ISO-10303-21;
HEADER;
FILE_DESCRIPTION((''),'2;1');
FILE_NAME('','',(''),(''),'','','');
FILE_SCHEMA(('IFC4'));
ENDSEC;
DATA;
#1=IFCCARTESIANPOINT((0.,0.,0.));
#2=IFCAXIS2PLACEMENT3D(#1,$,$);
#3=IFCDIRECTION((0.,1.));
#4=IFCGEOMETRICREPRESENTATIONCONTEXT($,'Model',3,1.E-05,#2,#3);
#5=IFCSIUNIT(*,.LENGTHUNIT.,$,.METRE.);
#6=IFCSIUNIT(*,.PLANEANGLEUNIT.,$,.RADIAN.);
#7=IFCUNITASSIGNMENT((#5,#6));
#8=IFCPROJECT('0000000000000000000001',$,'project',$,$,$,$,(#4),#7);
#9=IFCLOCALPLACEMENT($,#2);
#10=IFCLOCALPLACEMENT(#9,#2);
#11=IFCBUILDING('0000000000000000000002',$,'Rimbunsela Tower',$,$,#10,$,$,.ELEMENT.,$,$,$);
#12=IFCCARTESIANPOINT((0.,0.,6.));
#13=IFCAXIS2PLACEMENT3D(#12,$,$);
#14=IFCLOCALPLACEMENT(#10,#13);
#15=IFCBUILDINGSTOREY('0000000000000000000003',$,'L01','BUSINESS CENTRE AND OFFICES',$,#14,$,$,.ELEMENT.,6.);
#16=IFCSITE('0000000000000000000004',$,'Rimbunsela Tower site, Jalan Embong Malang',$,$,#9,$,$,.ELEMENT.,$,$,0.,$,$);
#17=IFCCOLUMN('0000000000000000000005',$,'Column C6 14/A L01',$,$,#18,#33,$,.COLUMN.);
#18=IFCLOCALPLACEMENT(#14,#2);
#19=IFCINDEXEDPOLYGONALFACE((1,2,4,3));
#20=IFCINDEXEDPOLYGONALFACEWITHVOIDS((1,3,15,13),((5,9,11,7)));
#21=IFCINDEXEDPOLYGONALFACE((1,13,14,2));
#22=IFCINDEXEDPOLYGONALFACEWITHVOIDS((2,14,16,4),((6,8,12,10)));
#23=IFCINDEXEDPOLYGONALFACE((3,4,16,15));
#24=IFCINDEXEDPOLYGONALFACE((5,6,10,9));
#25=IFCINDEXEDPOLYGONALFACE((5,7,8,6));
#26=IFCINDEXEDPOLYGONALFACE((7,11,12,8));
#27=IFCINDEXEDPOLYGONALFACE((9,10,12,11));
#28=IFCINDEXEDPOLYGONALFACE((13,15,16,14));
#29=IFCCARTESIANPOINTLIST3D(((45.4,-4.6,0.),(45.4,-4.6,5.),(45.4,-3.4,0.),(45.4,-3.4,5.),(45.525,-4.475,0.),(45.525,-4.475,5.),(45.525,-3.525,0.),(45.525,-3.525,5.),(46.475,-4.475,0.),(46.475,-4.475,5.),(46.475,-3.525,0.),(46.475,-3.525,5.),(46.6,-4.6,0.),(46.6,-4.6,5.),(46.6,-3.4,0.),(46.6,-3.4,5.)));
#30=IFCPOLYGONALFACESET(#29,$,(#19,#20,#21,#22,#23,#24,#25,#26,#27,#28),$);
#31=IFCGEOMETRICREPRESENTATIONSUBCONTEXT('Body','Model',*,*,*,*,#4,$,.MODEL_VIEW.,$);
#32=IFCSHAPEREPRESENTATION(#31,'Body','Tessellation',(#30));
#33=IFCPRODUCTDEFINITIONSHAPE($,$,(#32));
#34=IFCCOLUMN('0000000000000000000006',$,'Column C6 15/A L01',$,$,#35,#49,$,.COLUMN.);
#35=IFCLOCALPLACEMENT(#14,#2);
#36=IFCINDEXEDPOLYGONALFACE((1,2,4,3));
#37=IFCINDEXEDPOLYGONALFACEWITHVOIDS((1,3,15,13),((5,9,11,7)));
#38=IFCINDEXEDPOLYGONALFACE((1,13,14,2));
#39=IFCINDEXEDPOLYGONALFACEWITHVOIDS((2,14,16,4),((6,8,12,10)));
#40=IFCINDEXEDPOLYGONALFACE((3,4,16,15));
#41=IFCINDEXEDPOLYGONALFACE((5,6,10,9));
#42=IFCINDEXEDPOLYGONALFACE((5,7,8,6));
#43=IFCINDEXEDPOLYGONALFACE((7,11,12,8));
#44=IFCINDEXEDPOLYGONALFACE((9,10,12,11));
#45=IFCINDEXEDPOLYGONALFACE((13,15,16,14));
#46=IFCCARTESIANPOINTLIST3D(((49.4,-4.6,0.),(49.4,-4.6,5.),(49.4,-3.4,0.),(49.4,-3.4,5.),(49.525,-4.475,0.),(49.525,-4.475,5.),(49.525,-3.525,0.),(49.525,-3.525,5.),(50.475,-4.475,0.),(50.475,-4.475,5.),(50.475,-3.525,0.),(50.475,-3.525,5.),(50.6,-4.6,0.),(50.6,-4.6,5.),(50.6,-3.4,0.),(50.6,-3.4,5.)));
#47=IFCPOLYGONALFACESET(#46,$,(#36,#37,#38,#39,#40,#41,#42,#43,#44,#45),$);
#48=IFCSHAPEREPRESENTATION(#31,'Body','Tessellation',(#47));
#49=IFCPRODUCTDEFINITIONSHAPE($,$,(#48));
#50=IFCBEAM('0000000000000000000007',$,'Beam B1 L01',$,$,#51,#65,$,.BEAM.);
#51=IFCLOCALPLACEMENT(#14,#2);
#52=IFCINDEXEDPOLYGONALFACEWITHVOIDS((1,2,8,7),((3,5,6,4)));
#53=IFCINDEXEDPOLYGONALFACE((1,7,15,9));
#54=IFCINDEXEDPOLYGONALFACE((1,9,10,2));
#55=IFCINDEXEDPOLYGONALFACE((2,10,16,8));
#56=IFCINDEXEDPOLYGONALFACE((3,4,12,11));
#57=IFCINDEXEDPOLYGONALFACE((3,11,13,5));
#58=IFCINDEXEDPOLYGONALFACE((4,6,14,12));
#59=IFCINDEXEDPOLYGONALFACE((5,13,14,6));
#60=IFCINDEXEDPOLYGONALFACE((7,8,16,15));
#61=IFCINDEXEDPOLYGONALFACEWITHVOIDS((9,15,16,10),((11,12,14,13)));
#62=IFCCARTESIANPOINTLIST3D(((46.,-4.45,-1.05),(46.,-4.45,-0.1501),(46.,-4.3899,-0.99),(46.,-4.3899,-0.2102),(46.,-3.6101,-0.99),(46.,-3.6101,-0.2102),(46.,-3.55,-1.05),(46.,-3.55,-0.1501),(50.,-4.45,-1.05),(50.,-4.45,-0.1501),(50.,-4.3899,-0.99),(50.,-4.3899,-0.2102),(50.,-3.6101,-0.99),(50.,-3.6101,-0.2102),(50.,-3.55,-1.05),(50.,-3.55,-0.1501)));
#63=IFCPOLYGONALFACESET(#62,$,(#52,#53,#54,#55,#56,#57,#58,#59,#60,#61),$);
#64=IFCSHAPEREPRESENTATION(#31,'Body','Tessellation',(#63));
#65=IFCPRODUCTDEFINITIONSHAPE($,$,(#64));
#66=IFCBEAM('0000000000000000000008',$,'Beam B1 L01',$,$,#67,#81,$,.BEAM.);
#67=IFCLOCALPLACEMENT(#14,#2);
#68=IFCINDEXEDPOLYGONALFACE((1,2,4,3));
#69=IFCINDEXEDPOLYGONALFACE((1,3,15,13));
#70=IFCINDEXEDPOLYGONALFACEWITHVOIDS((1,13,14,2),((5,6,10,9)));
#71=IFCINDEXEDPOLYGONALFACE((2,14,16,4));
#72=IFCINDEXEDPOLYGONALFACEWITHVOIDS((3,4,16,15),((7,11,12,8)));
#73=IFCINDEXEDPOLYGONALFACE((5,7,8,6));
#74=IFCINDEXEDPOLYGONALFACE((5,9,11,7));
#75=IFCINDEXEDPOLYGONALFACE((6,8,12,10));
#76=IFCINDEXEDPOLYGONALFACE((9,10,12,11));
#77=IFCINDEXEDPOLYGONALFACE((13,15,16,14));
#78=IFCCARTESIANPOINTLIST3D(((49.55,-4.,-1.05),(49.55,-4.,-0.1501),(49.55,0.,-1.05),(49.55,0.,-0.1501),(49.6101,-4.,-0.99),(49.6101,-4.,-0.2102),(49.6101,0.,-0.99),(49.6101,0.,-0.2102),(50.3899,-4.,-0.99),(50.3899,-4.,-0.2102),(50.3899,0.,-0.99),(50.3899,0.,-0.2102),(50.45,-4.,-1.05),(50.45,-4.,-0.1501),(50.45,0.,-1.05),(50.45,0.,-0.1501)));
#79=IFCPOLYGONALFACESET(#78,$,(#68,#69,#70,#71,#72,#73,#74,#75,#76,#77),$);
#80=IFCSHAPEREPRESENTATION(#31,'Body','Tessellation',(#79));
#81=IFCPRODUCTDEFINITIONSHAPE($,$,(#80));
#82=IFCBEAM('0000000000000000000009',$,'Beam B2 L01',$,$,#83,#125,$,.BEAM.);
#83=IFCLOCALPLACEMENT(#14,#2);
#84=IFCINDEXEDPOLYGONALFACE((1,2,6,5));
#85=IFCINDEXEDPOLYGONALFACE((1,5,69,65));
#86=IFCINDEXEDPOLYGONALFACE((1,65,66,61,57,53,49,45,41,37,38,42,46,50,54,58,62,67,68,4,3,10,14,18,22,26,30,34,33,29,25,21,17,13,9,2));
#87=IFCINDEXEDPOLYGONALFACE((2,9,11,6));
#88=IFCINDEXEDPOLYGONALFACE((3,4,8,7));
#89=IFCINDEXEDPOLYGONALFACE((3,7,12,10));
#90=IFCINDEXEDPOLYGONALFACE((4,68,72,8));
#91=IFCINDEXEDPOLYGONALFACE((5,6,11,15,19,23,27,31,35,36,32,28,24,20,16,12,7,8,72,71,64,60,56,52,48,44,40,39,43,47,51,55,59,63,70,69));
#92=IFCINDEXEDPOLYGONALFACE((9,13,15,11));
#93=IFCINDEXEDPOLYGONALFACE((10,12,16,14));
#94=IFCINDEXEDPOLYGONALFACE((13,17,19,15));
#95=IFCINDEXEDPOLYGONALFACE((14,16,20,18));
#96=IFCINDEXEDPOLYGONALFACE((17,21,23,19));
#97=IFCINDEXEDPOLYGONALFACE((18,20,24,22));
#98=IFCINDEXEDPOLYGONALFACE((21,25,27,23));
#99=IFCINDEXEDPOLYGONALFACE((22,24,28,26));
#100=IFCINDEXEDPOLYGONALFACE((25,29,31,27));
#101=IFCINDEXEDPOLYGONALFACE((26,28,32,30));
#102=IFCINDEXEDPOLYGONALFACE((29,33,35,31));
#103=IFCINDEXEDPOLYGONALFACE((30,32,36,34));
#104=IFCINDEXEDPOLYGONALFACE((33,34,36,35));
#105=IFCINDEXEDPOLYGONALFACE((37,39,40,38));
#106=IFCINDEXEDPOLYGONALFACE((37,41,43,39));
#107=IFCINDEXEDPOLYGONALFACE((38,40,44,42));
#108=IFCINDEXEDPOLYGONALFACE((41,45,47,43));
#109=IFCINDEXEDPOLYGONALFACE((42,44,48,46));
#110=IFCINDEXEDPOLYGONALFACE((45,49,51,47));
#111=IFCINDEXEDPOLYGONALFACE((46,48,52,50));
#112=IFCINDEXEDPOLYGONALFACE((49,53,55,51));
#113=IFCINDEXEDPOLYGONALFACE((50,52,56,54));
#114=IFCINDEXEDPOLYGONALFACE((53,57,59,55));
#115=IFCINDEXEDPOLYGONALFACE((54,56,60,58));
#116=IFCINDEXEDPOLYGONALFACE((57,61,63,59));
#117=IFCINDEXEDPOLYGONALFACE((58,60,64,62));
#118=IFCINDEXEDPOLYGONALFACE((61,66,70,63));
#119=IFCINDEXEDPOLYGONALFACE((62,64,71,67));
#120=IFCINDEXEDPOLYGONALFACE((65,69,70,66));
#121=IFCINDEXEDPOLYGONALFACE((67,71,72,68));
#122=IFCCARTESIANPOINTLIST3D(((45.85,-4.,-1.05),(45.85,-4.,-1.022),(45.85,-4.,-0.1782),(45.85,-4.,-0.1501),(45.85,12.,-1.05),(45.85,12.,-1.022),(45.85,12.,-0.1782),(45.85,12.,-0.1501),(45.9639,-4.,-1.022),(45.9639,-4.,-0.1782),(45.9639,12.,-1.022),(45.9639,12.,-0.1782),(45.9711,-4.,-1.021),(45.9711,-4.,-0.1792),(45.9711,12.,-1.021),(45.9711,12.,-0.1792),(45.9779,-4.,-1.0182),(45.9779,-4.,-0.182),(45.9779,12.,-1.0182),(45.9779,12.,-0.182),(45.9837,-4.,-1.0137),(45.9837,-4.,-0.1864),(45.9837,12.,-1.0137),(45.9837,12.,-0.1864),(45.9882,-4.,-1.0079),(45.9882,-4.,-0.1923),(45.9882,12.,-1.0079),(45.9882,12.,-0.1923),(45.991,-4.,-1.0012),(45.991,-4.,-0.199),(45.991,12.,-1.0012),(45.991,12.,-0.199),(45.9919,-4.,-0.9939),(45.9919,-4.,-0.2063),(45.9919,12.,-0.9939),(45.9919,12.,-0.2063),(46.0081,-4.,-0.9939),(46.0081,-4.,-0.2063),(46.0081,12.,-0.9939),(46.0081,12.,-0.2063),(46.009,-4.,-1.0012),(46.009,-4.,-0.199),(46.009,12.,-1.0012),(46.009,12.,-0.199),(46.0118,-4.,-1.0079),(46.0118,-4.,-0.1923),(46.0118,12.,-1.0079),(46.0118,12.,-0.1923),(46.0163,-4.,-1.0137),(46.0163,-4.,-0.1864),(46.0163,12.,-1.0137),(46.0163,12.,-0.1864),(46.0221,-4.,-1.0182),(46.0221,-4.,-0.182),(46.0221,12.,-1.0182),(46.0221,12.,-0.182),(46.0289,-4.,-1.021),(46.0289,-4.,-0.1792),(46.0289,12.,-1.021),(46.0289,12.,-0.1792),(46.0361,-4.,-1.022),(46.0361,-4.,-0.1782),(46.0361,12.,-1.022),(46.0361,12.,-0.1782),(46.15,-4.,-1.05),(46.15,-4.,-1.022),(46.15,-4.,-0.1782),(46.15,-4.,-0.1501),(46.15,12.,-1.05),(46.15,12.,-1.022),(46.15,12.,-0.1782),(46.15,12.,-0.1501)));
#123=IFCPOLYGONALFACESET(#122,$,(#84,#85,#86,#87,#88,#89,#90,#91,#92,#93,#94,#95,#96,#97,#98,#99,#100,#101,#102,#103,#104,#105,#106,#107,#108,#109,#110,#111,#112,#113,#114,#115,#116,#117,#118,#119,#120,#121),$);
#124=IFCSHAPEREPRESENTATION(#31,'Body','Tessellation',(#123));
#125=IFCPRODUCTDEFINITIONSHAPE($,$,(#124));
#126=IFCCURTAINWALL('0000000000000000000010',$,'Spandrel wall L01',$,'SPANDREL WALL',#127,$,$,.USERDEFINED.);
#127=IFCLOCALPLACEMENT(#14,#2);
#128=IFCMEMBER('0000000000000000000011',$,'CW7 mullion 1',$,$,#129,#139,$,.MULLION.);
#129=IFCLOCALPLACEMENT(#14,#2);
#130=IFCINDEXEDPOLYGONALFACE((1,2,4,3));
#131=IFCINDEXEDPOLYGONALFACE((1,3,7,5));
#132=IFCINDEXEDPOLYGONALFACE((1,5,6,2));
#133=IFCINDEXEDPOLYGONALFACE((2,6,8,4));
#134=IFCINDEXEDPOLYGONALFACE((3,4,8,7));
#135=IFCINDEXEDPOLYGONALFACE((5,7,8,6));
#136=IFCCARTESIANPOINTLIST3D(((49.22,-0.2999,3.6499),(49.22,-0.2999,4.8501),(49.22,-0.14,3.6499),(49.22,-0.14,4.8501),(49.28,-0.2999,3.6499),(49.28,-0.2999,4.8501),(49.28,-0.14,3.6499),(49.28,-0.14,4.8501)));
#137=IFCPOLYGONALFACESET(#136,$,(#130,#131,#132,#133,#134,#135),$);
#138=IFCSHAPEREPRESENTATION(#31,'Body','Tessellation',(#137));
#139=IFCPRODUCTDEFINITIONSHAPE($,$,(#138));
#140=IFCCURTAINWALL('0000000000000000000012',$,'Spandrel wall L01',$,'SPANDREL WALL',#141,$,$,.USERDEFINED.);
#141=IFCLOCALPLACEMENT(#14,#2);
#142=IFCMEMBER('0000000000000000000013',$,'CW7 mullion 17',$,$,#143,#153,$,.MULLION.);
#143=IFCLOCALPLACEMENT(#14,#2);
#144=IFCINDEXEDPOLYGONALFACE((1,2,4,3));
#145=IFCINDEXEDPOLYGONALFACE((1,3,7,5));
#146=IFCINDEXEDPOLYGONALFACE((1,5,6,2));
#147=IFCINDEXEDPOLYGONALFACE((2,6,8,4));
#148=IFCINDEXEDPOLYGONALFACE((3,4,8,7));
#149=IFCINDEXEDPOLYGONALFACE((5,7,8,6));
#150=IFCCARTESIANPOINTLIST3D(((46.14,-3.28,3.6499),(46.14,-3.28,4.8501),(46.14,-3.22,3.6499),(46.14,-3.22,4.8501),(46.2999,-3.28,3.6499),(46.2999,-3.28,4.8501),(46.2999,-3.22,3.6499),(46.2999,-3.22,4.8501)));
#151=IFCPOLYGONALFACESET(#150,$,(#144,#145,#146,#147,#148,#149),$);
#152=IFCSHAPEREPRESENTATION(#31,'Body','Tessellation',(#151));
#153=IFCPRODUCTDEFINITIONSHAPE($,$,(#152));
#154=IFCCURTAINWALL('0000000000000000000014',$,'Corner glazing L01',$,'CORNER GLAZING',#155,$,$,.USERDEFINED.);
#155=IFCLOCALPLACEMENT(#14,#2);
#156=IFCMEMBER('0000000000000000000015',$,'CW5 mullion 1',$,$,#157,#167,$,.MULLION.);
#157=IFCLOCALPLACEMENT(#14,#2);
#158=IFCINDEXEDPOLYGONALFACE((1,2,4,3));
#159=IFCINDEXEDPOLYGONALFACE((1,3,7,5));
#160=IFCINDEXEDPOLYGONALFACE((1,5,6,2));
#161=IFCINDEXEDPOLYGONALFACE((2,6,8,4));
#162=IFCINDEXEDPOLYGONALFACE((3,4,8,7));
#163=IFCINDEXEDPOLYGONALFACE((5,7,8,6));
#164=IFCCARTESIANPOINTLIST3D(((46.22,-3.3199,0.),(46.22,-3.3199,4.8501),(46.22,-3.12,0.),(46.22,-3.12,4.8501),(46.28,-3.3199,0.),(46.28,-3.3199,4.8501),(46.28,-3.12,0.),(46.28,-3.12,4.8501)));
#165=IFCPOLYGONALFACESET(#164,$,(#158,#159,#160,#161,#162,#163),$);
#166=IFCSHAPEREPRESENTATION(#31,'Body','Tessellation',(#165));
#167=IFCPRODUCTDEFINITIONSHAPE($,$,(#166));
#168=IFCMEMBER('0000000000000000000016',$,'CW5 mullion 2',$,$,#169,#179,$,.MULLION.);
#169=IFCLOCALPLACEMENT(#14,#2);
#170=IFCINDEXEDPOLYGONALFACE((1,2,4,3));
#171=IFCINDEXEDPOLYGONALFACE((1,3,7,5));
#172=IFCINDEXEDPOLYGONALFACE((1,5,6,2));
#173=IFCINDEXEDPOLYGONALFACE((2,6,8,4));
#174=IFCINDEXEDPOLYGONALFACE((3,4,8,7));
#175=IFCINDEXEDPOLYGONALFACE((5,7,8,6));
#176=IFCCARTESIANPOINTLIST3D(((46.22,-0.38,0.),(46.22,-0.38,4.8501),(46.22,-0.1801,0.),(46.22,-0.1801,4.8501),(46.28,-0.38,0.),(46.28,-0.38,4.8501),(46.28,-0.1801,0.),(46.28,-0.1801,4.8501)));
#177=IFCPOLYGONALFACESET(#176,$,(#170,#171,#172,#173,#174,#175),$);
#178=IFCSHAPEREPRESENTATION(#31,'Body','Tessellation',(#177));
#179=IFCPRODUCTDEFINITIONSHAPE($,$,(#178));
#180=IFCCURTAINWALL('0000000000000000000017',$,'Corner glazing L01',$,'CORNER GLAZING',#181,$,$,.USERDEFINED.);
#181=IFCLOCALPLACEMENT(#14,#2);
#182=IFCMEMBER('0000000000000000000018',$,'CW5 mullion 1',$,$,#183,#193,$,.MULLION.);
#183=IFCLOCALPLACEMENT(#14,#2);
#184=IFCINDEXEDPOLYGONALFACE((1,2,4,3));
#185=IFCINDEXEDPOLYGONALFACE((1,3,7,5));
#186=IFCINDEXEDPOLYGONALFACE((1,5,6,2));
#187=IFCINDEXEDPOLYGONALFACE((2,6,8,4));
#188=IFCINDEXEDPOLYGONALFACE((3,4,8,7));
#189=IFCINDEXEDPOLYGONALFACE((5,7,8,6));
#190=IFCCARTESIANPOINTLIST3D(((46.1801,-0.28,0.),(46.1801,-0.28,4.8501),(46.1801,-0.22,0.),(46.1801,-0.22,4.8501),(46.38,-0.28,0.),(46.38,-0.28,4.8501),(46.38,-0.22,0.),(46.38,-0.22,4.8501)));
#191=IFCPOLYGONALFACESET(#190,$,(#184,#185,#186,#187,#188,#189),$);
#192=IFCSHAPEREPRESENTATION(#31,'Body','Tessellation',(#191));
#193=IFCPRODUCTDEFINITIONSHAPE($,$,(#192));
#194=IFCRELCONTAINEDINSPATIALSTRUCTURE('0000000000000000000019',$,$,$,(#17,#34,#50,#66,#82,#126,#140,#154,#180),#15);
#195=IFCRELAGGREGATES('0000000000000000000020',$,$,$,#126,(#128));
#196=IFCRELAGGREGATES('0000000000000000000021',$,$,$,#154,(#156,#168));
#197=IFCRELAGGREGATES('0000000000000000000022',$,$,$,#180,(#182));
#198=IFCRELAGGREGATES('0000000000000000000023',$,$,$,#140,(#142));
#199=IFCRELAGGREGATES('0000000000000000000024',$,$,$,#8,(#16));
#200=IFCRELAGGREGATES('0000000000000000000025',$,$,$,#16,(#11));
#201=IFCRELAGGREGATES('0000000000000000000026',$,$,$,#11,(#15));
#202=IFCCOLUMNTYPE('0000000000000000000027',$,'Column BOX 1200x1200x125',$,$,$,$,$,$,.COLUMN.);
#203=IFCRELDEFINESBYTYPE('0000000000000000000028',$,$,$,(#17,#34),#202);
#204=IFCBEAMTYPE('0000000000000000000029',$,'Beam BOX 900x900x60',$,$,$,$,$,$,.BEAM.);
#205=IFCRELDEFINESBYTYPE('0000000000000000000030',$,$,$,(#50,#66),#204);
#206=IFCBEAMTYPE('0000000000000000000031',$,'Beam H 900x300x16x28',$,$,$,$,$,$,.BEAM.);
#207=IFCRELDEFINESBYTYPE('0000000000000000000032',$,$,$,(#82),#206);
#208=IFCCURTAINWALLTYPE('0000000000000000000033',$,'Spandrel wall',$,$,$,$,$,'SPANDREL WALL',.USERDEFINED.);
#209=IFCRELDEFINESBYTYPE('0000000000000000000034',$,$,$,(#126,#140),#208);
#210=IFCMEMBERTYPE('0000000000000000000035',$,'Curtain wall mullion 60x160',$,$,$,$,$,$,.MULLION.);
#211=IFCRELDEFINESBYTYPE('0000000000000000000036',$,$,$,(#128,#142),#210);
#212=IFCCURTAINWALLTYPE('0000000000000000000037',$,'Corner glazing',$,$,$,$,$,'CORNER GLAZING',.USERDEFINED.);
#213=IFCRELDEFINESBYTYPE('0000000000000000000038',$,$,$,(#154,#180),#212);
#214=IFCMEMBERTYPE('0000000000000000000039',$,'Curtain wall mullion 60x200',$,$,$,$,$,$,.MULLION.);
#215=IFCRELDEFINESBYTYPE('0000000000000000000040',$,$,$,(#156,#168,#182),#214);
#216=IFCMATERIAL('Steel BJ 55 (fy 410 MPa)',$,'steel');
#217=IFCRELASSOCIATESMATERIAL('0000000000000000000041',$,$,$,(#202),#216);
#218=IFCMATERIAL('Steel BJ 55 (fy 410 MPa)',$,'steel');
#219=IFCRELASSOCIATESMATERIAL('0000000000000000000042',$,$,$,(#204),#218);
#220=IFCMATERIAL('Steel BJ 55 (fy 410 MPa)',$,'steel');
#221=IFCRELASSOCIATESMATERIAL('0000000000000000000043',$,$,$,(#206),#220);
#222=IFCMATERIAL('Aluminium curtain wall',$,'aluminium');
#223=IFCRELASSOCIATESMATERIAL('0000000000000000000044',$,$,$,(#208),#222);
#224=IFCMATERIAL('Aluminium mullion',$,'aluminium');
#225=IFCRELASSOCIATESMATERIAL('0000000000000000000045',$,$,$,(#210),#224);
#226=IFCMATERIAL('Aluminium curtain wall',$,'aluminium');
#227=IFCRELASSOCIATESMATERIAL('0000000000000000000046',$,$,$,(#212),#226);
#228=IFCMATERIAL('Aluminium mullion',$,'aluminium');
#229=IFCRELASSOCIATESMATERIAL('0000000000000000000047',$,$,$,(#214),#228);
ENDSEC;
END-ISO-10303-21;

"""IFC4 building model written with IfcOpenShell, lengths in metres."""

from ifc_helpers import new_model, si_unit, direction, frame, origin, origin_2d, place, context, subcontext, project, spatial, rectangle, hollow_rectangle, i_section, extrude, material, material_profile, profile_set, type_object, element, aggregate, save


model = new_model("IFC4")

# Units and contexts
model_context = context("Model", 3, precision=1e-05, world=origin(), true_north=direction((0.0, 1.0)))
body_context = subcontext(model_context, "Body", "Model", "MODEL_VIEW")
ifc_project = project(units=[si_unit("LENGTHUNIT", "METRE"), si_unit("PLANEANGLEUNIT", "RADIAN")], contexts=[model_context])

# Site, building, storey
site_placement = place(None, origin())
site = spatial("IfcSite", under=ifc_project, at=site_placement, Name="Rimbunsela Tower site, Jalan Embong Malang", CompositionType="ELEMENT", RefElevation=0.0)
building_placement = place(site_placement, origin())
building = spatial("IfcBuilding", under=site, at=building_placement, Name="Rimbunsela Tower", CompositionType="ELEMENT")
storey_placement = place(building_placement, frame((0.0, 0.0, 6.0)))
storey = spatial("IfcBuildingStorey", under=building, at=storey_placement, Name="L01", Description="BUSINESS CENTRE AND OFFICES", CompositionType="ELEMENT", Elevation=6.0)

# Columns
ifc_material_1 = material(Name="Steel BJ 55 (fy 410 MPa)", Category="steel")
ifc_material_profile_1 = material_profile(ifc_material_1, hollow_rectangle(XDim=1.2, YDim=1.2, WallThickness=0.125, at=origin_2d()), Name="BOX 1200x1200x125")
ifc_profile_set_1 = profile_set([ifc_material_profile_1], Name="Steel BJ 55 (fy 410 MPa)")
column_type = type_object("IfcColumnType", Name="Column BOX 1200x1200x125", PredefinedType="COLUMN", material=ifc_profile_set_1)
for number, where, z_axis, x_axis, name in (
    (1, (46.0, -4.0, 0.0), (0.0, 0.0, 1.0), (1.0, 0.0, 0.0), "Column C6 14/A L01"),
    (2, (50.0, -4.0, 0.0), (0.0, 0.0, 1.0), (1.0, 0.0, 0.0), "Column C6 15/A L01"),
):
    element("IfcColumn", number, at=place(storey_placement, frame(where, z_axis=z_axis, x_axis=x_axis)), inside=storey, type_object=column_type, Name=name, PredefinedType="COLUMN", context=body_context, shape_type="SweptSolid", body=[
        extrude(hollow_rectangle(XDim=1.2, YDim=1.2, WallThickness=0.125, at=origin_2d()), origin(), (0.0, 0.0, 1.0), 5.0),
    ])

# Beams
ifc_material_2 = material(Name="Steel BJ 55 (fy 410 MPa)", Category="steel")
ifc_material_profile_2 = material_profile(ifc_material_2, hollow_rectangle(XDim=0.8999, YDim=0.8999, WallThickness=0.0601, at=origin_2d()), Name="BOX 900x900x60")
ifc_profile_set_2 = profile_set([ifc_material_profile_2], Name="Steel BJ 55 (fy 410 MPa)")
beam_type_1 = type_object("IfcBeamType", Name="Beam BOX 900x900x60", PredefinedType="BEAM", material=ifc_profile_set_2)
for number, where, z_axis, x_axis, name in (
    (3, (46.0, -4.0, -0.6001), (1.0, 0.0, 0.0), (0.0, 1.0, 0.0), "Beam B1 L01"),
    (4, (50.0, -4.0, -0.6001), (0.0, 1.0, 0.0), (-1.0, 0.0, 0.0), "Beam B1 L01"),
):
    element("IfcBeam", number, at=place(storey_placement, frame(where, z_axis=z_axis, x_axis=x_axis)), inside=storey, type_object=beam_type_1, Name=name, PredefinedType="BEAM", context=body_context, shape_type="SweptSolid", body=[
        extrude(hollow_rectangle(XDim=0.8999, YDim=0.8999, WallThickness=0.0601, at=origin_2d()), origin(), (0.0, 0.0, 1.0), 4.0),
    ])
ifc_material_3 = material(Name="Steel BJ 55 (fy 410 MPa)", Category="steel")
ifc_material_profile_3 = material_profile(ifc_material_3, i_section(OverallWidth=0.3, OverallDepth=0.8999, WebThickness=0.0161, FlangeThickness=0.0281, FilletRadius=0.0281, at=origin_2d()), Name="H 900x300x16x28")
ifc_profile_set_3 = profile_set([ifc_material_profile_3], Name="Steel BJ 55 (fy 410 MPa)")
beam_type_2 = type_object("IfcBeamType", Name="Beam H 900x300x16x28", PredefinedType="BEAM", material=ifc_profile_set_3)
beam_placement = place(storey_placement, frame((46.0, -4.0, -0.6001), z_axis=(0.0, 1.0, 0.0), x_axis=(-1.0, 0.0, 0.0)))
element("IfcBeam", 5, at=beam_placement, inside=storey, type_object=beam_type_2, Name="Beam B2 L01", PredefinedType="BEAM", context=body_context, shape_type="SweptSolid", body=[
    extrude(i_section(OverallWidth=0.3, OverallDepth=0.8999, WebThickness=0.0161, FlangeThickness=0.0281, FilletRadius=0.0281, at=origin_2d()), origin(), (0.0, 0.0, 1.0), 16.0),
])

# Curtain walls, members
ifc_material_4 = material(Name="Aluminium curtain wall", Category="aluminium")
curtain_wall_type_1 = type_object("IfcCurtainWallType", Name="Spandrel wall", ElementType="SPANDREL WALL", PredefinedType="USERDEFINED", material=ifc_material_4)
curtain_wall_1_placement = place(storey_placement, origin())
curtain_wall_1 = element("IfcCurtainWall", 6, at=curtain_wall_1_placement, inside=storey, type_object=curtain_wall_type_1, Name="Spandrel wall L01", ObjectType="SPANDREL WALL", PredefinedType="USERDEFINED")
ifc_material_5 = material(Name="Aluminium mullion", Category="aluminium")
ifc_material_profile_4 = material_profile(ifc_material_5, rectangle(XDim=0.0601, YDim=0.1599, at=origin_2d()), Name="Mullion 60x160")
ifc_profile_set_4 = profile_set([ifc_material_profile_4], Name="Aluminium mullion")
member_type_1 = type_object("IfcMemberType", Name="Curtain wall mullion 60x160", PredefinedType="MULLION", material=ifc_profile_set_4)
member_1_placement = place(storey_placement, frame((49.25, -0.22, 3.6499), z_axis=(0.0, 0.0, 1.0), x_axis=(-1.0, 0.0, 0.0)))
member_1 = element("IfcMember", 7, at=member_1_placement, type_object=member_type_1, Name="CW7 mullion 1", PredefinedType="MULLION", context=body_context, shape_type="SweptSolid", body=[
    extrude(rectangle(XDim=0.0601, YDim=0.1599, at=origin_2d()), origin(), (0.0, 0.0, 1.0), 1.2002),
])
curtain_wall_2_placement = place(storey_placement, origin())
curtain_wall_2 = element("IfcCurtainWall", 8, at=curtain_wall_2_placement, inside=storey, type_object=curtain_wall_type_1, Name="Spandrel wall L01", ObjectType="SPANDREL WALL", PredefinedType="USERDEFINED")
member_2_placement = place(storey_placement, frame((46.22, -3.25, 3.6499), z_axis=(0.0, 0.0, 1.0), x_axis=(0.0, 1.0, 0.0)))
member_2 = element("IfcMember", 9, at=member_2_placement, type_object=member_type_1, Name="CW7 mullion 17", PredefinedType="MULLION", context=body_context, shape_type="SweptSolid", body=[
    extrude(rectangle(XDim=0.0601, YDim=0.1599, at=origin_2d()), origin(), (0.0, 0.0, 1.0), 1.2002),
])

# Curtain walls, members
ifc_material_6 = material(Name="Aluminium curtain wall", Category="aluminium")
curtain_wall_type_2 = type_object("IfcCurtainWallType", Name="Corner glazing", ElementType="CORNER GLAZING", PredefinedType="USERDEFINED", material=ifc_material_6)
curtain_wall_3_placement = place(storey_placement, origin())
curtain_wall_3 = element("IfcCurtainWall", 10, at=curtain_wall_3_placement, inside=storey, type_object=curtain_wall_type_2, Name="Corner glazing L01", ObjectType="CORNER GLAZING", PredefinedType="USERDEFINED")
ifc_material_7 = material(Name="Aluminium mullion", Category="aluminium")
ifc_material_profile_5 = material_profile(ifc_material_7, rectangle(XDim=0.0601, YDim=0.2, at=origin_2d()), Name="Mullion 60x200")
ifc_profile_set_5 = profile_set([ifc_material_profile_5], Name="Aluminium mullion")
member_type_2 = type_object("IfcMemberType", Name="Curtain wall mullion 60x200", PredefinedType="MULLION", material=ifc_profile_set_5)
member_3_placement = place(storey_placement, frame((46.25, -3.22, 0.0), z_axis=(0.0, 0.0, 1.0), x_axis=(-1.0, 0.0, 0.0)))
member_3 = element("IfcMember", 11, at=member_3_placement, type_object=member_type_2, Name="CW5 mullion 1", PredefinedType="MULLION", context=body_context, shape_type="SweptSolid", body=[
    extrude(rectangle(XDim=0.0601, YDim=0.2, at=origin_2d()), origin(), (0.0, 0.0, 1.0), 4.8501),
])
member_4_placement = place(storey_placement, frame((46.25, -0.28, 0.0), z_axis=(0.0, 0.0, 1.0), x_axis=(-1.0, 0.0, 0.0)))
member_4 = element("IfcMember", 12, at=member_4_placement, type_object=member_type_2, Name="CW5 mullion 2", PredefinedType="MULLION", context=body_context, shape_type="SweptSolid", body=[
    extrude(rectangle(XDim=0.0601, YDim=0.2, at=origin_2d()), origin(), (0.0, 0.0, 1.0), 4.8501),
])
curtain_wall_4_placement = place(storey_placement, origin())
curtain_wall_4 = element("IfcCurtainWall", 13, at=curtain_wall_4_placement, inside=storey, type_object=curtain_wall_type_2, Name="Corner glazing L01", ObjectType="CORNER GLAZING", PredefinedType="USERDEFINED")
member_5_placement = place(storey_placement, frame((46.28, -0.25, 0.0), z_axis=(0.0, 0.0, 1.0), x_axis=(0.0, 1.0, 0.0)))
member_5 = element("IfcMember", 14, at=member_5_placement, type_object=member_type_2, Name="CW5 mullion 1", PredefinedType="MULLION", context=body_context, shape_type="SweptSolid", body=[
    extrude(rectangle(XDim=0.0601, YDim=0.2, at=origin_2d()), origin(), (0.0, 0.0, 1.0), 4.8501),
])

aggregate(curtain_wall_1, [member_1])

aggregate(curtain_wall_3, [member_3, member_4])
aggregate(curtain_wall_4, [member_5])
aggregate(curtain_wall_2, [member_2])

save(model, "model.ifc")
